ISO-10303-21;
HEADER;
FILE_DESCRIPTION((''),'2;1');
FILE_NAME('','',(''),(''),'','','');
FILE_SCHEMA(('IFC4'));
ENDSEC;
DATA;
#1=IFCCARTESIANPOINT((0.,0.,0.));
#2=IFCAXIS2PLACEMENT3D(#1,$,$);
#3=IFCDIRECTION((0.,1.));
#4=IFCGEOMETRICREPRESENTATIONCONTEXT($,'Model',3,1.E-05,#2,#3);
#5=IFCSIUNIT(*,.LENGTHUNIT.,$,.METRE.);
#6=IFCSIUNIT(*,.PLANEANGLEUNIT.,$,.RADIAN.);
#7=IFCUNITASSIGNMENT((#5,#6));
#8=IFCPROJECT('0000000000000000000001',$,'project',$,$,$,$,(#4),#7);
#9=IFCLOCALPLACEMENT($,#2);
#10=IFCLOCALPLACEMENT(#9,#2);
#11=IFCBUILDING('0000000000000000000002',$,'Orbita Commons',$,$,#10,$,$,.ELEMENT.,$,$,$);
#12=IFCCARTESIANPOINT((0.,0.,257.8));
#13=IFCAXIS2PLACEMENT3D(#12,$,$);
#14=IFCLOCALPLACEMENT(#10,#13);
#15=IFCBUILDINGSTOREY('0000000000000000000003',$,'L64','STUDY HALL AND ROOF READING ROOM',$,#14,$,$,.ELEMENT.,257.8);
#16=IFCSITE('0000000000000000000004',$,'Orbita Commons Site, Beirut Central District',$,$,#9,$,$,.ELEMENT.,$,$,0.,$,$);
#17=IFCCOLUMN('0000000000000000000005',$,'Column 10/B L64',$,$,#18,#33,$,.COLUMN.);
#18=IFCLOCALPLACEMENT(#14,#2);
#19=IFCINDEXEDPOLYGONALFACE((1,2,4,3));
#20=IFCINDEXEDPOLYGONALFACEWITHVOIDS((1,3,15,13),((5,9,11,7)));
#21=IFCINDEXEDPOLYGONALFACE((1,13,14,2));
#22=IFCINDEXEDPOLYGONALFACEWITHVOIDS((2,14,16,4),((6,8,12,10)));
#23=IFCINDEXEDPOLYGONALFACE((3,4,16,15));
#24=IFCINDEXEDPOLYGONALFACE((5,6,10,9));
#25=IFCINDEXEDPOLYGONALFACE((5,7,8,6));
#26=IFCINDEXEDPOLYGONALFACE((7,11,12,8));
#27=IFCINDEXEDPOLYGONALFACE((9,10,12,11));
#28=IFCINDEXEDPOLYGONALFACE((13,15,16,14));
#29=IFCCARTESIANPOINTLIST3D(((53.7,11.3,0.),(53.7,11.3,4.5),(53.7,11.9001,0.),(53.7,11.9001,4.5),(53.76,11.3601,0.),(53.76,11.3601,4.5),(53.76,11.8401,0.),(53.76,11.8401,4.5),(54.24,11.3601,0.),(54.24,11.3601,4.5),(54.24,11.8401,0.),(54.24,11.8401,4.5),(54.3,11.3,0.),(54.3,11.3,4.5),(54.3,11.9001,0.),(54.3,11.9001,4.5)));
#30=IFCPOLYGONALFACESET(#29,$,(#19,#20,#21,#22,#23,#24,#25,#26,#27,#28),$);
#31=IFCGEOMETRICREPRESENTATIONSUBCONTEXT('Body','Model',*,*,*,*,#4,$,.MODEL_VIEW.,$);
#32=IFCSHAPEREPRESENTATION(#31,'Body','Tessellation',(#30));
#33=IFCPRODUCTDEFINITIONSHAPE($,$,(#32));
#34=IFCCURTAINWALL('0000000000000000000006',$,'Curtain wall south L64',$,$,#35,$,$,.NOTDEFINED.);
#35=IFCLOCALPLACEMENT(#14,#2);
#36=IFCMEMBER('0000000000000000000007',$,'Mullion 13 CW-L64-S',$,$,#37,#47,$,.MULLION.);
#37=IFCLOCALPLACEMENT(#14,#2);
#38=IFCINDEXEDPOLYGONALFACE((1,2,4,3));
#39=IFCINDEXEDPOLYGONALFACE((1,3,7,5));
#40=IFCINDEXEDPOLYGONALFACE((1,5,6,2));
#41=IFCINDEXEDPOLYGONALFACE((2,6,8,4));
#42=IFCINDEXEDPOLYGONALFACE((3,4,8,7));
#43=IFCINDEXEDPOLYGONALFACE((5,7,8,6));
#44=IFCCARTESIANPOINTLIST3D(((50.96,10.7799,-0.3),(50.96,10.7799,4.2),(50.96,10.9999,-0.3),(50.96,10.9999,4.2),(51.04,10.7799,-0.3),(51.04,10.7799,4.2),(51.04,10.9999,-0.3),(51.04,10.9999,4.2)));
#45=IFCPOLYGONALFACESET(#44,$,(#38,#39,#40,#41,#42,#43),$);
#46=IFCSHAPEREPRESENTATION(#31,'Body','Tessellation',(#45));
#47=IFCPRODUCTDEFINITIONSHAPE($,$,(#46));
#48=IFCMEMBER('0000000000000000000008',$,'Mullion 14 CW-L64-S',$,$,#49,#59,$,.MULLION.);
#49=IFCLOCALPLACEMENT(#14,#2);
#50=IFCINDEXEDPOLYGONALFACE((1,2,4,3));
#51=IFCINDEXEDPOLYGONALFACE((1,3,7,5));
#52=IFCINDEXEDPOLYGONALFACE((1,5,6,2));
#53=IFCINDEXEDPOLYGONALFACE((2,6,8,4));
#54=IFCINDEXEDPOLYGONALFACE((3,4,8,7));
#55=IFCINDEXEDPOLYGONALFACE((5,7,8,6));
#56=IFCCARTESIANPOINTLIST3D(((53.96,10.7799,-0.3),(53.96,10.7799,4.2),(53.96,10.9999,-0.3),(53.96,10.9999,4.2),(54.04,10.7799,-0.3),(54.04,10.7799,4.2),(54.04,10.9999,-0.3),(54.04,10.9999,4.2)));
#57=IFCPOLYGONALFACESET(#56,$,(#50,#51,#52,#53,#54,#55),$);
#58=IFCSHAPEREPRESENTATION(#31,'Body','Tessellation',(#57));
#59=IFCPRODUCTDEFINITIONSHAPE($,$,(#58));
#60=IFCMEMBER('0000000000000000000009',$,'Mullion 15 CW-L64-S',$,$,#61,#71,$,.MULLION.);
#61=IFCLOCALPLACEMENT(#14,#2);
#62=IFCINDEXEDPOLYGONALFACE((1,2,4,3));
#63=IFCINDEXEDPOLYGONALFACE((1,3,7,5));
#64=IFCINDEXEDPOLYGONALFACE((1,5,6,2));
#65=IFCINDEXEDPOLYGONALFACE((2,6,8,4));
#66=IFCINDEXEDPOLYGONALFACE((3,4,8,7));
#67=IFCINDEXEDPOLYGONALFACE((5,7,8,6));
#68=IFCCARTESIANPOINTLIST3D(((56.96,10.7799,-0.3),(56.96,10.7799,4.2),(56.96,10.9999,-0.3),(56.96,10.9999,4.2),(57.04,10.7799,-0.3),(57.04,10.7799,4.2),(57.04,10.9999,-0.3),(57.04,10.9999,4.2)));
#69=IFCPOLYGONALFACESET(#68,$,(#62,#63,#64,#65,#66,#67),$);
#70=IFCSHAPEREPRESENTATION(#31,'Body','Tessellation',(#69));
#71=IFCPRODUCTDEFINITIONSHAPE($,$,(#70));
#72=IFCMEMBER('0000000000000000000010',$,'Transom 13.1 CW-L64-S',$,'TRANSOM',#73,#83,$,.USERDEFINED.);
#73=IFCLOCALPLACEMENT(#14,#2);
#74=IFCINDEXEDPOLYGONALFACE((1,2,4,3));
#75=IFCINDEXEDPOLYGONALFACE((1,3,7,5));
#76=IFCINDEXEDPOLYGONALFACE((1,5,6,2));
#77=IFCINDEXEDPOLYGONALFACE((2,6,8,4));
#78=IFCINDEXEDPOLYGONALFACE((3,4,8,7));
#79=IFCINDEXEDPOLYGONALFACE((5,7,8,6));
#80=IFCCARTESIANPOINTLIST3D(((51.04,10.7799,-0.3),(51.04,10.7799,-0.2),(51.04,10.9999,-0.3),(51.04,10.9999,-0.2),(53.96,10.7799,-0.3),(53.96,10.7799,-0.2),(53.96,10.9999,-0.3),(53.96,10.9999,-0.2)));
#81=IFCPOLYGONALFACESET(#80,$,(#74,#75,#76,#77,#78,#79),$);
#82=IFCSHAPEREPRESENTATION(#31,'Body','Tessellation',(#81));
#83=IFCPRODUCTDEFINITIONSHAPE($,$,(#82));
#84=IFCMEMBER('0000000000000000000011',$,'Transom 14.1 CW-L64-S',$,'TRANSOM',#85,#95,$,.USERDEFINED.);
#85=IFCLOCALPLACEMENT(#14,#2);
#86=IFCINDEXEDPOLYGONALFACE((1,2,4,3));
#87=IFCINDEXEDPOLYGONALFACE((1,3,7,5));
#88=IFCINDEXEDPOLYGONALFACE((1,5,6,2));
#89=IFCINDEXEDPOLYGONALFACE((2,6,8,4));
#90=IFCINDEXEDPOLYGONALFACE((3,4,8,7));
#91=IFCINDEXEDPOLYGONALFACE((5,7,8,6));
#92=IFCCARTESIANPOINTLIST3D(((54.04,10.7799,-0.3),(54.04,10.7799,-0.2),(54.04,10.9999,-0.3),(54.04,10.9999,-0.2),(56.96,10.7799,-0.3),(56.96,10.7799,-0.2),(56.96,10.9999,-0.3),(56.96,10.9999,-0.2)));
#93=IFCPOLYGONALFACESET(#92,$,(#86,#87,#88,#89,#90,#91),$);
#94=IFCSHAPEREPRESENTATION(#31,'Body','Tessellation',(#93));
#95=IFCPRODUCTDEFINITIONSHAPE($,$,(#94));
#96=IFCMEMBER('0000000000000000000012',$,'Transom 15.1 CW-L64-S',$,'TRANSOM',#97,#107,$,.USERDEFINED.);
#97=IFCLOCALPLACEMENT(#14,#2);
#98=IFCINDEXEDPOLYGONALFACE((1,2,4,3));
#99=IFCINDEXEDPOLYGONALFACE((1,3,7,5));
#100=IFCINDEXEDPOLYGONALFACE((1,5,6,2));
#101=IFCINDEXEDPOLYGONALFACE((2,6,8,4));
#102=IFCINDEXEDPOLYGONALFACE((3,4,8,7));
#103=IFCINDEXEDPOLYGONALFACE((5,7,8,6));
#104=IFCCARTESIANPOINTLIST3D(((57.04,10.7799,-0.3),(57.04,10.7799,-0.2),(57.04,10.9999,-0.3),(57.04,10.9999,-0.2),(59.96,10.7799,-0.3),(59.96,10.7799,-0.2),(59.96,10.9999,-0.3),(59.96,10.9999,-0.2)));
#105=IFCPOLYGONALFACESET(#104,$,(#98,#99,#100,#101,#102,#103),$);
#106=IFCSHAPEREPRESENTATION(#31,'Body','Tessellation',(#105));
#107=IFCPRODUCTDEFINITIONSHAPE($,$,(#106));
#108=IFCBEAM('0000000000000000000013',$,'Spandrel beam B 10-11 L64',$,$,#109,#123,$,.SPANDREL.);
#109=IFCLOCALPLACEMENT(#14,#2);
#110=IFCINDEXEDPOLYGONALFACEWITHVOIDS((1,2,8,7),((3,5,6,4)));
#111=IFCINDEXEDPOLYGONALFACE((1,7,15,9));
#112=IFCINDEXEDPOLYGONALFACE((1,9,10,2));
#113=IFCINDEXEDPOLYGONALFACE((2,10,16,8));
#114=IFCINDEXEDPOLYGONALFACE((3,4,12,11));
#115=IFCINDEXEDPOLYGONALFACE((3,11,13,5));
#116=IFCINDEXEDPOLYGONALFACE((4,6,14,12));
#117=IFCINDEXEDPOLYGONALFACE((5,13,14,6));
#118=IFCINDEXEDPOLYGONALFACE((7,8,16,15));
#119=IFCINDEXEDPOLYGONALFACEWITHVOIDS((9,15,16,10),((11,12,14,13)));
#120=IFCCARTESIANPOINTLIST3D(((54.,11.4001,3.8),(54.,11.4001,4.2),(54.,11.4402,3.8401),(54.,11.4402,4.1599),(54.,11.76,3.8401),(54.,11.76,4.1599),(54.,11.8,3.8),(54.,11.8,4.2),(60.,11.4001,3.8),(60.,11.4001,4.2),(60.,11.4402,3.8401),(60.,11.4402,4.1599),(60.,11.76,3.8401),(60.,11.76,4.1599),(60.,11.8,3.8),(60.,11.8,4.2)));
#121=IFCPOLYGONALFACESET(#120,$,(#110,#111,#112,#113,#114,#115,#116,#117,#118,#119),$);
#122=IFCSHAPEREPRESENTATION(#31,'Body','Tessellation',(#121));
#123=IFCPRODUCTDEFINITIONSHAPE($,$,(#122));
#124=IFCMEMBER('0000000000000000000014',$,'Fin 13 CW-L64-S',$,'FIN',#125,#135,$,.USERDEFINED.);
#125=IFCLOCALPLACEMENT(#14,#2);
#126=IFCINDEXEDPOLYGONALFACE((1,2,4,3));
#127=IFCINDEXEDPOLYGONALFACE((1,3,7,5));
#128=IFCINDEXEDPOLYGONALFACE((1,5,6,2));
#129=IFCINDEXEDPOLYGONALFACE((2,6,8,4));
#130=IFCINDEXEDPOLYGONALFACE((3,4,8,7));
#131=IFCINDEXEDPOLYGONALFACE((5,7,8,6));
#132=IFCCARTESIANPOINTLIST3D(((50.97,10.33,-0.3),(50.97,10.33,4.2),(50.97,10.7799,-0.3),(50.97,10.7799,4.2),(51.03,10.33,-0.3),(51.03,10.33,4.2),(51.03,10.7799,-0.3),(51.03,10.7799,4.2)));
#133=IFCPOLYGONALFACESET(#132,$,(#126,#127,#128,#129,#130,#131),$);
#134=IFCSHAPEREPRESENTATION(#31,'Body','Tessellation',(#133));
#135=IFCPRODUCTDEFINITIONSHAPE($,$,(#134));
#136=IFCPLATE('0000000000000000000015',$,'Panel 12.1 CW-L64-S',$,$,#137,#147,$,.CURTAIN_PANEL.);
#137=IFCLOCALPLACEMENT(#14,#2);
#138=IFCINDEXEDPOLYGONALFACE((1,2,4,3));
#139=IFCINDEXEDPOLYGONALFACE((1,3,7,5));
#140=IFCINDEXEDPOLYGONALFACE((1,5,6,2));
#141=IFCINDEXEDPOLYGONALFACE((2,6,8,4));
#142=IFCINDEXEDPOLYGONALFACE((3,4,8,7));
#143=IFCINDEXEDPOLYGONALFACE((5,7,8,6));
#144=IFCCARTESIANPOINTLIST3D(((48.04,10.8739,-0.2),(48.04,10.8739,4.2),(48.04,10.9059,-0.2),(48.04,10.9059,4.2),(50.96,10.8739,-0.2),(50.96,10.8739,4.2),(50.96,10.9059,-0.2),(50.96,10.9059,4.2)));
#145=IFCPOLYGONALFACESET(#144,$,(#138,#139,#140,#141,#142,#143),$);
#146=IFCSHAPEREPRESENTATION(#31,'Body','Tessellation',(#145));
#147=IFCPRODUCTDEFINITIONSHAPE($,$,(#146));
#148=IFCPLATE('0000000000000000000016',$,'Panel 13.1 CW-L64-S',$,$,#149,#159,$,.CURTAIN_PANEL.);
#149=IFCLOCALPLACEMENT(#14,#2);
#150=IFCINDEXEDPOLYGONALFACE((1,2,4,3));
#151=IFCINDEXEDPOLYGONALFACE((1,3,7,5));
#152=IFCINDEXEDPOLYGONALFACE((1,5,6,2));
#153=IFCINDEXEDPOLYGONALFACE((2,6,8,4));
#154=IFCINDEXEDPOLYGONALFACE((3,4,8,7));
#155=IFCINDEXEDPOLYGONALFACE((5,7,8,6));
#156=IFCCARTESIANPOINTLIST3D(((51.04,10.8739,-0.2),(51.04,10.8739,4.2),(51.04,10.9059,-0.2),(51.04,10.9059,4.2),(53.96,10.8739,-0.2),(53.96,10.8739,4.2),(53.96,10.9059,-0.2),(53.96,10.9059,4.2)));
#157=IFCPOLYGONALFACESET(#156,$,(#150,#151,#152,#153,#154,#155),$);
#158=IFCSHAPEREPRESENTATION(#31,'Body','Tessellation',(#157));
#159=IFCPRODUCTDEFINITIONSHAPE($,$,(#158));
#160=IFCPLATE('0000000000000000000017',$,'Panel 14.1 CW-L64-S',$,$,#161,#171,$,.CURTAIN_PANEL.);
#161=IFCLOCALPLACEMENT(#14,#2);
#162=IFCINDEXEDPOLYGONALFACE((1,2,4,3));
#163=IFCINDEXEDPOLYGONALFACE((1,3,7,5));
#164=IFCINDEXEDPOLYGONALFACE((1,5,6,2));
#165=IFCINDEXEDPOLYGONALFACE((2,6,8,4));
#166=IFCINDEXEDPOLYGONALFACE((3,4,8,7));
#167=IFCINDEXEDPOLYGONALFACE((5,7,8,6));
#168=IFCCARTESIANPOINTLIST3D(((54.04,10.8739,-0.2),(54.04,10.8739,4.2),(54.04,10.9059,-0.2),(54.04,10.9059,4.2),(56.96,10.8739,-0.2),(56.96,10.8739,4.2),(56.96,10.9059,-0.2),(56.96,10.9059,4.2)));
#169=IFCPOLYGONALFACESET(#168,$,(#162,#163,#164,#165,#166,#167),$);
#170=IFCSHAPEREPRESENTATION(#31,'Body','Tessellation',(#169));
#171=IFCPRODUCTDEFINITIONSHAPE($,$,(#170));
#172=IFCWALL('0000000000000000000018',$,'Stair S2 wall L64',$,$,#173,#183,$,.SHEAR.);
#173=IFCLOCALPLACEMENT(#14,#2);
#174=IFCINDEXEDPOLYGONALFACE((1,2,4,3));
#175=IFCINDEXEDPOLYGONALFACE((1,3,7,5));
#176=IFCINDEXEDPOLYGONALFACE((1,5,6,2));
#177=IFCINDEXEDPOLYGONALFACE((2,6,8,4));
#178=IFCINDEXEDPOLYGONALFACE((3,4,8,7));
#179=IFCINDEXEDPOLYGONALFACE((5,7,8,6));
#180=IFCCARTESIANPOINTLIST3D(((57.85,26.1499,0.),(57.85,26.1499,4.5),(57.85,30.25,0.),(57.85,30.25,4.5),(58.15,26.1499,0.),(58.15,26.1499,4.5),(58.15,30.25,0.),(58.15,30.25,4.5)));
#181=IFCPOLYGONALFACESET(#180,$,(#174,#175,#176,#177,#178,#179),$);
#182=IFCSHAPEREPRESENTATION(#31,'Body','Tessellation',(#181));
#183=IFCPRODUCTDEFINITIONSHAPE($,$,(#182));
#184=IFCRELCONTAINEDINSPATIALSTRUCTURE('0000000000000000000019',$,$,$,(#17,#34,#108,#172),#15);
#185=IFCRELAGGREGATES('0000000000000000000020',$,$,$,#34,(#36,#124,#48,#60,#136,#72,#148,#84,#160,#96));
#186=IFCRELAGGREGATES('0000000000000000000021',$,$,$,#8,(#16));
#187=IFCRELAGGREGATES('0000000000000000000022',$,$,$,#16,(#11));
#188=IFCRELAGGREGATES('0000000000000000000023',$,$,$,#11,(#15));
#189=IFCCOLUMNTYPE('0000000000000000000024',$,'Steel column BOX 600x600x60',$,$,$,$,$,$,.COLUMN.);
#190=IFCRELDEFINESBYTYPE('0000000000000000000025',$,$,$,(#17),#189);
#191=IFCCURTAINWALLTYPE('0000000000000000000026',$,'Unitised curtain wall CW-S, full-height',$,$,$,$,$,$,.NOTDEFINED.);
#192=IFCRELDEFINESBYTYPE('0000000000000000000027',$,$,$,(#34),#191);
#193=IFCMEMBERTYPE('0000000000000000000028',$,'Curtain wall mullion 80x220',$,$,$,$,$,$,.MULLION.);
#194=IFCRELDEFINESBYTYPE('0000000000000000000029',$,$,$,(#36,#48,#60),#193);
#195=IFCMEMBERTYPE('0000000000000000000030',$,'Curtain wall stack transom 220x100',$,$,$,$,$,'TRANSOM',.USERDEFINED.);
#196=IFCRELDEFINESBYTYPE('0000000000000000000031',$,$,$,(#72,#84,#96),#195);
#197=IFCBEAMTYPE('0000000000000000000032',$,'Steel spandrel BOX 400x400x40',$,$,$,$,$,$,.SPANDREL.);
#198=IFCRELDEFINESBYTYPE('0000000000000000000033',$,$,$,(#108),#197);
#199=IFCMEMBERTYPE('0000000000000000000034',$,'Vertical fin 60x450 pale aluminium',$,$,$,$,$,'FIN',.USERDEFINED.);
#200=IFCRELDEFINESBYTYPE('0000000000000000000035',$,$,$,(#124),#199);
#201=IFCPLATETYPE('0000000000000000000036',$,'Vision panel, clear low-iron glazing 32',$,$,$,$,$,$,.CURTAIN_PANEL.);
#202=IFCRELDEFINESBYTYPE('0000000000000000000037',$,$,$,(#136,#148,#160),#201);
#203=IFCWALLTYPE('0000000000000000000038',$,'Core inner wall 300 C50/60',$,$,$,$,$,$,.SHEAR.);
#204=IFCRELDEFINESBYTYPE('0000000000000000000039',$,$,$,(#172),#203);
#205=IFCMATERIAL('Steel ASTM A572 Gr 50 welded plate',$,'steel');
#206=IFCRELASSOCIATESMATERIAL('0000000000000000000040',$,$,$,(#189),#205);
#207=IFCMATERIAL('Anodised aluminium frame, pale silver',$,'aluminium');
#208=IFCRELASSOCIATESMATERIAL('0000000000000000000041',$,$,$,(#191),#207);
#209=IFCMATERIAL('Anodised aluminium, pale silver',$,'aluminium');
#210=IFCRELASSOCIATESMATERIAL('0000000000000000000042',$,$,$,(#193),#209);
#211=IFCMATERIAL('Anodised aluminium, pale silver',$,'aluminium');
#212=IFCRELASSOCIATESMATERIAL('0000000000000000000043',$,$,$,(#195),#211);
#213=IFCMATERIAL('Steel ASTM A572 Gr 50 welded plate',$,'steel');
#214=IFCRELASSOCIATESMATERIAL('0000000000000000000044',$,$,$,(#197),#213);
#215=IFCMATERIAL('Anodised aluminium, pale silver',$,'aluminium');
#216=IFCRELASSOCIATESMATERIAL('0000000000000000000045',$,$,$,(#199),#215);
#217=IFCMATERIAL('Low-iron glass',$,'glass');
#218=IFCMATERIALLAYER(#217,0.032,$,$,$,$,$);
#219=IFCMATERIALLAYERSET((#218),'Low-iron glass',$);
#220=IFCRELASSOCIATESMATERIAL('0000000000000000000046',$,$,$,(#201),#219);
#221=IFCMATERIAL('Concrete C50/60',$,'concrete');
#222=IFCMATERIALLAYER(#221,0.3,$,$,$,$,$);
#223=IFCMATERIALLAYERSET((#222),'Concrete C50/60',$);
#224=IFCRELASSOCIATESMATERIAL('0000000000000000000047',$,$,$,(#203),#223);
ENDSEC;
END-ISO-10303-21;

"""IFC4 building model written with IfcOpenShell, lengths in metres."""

from ifc_helpers import new_model, si_unit, direction, frame, frame_2d, origin, origin_2d, place, context, subcontext, project, spatial, rectangle, hollow_rectangle, extrude, material, layer, layer_set, material_profile, profile_set, type_object, element, aggregate, save


model = new_model("IFC4")

# Units and contexts
model_context = context("Model", 3, precision=1e-05, world=origin(), true_north=direction((0.0, 1.0)))
body_context = subcontext(model_context, "Body", "Model", "MODEL_VIEW")
ifc_project = project(units=[si_unit("LENGTHUNIT", "METRE"), si_unit("PLANEANGLEUNIT", "RADIAN")], contexts=[model_context])

# Site, building, storey
site_placement = place(None, origin())
site = spatial("IfcSite", under=ifc_project, at=site_placement, Name="Orbita Commons Site, Beirut Central District", CompositionType="ELEMENT", RefElevation=0.0)
building_placement = place(site_placement, origin())
building = spatial("IfcBuilding", under=site, at=building_placement, Name="Orbita Commons", CompositionType="ELEMENT")
storey_placement = place(building_placement, frame((0.0, 0.0, 257.8)))
storey = spatial("IfcBuildingStorey", under=building, at=storey_placement, Name="L64", Description="STUDY HALL AND ROOF READING ROOM", CompositionType="ELEMENT", Elevation=257.8)

# Column
ifc_material_1 = material(Name="Steel ASTM A572 Gr 50 welded plate", Category="steel")
ifc_material_profile_1 = material_profile(ifc_material_1, hollow_rectangle(XDim=0.6001, YDim=0.6001, WallThickness=0.0601, at=origin_2d()), Name="BOX 600x600x60")
ifc_profile_set_1 = profile_set([ifc_material_profile_1], Name="Steel ASTM A572 Gr 50 welded plate")
column_type = type_object("IfcColumnType", Name="Steel column BOX 600x600x60", PredefinedType="COLUMN", material=ifc_profile_set_1)
column_placement = place(storey_placement, frame((54.0, 11.6001, 0.0), z_axis=(0.0, 0.0, 1.0), x_axis=(1.0, 0.0, 0.0)))
element("IfcColumn", 1, at=column_placement, inside=storey, type_object=column_type, Name="Column 10/B L64", PredefinedType="COLUMN", context=body_context, shape_type="SweptSolid", body=[
    extrude(hollow_rectangle(XDim=0.6001, YDim=0.6001, WallThickness=0.0601, at=origin_2d()), origin(), (0.0, 0.0, 1.0), 4.5),
])

# Curtain wall, members
ifc_material_2 = material(Name="Anodised aluminium frame, pale silver", Category="aluminium")
curtain_wall_type = type_object("IfcCurtainWallType", Name="Unitised curtain wall CW-S, full-height", PredefinedType="NOTDEFINED", material=ifc_material_2)
curtain_wall_placement = place(storey_placement, origin())
curtain_wall = element("IfcCurtainWall", 2, at=curtain_wall_placement, inside=storey, type_object=curtain_wall_type, Name="Curtain wall south L64", PredefinedType="NOTDEFINED")
ifc_material_3 = material(Name="Anodised aluminium, pale silver", Category="aluminium")
ifc_material_profile_2 = material_profile(ifc_material_3, rectangle(XDim=0.0801, YDim=0.22, at=origin_2d()), Name="AL 80x220")
ifc_profile_set_2 = profile_set([ifc_material_profile_2], Name="Anodised aluminium, pale silver")
member_type_1 = type_object("IfcMemberType", Name="Curtain wall mullion 80x220", PredefinedType="MULLION", material=ifc_profile_set_2)
member_1_placement = place(storey_placement, frame((51.0, 10.8899, -0.3), z_axis=(0.0, 0.0, 1.0), x_axis=(1.0, 0.0, 0.0)))
member_1 = element("IfcMember", 3, at=member_1_placement, type_object=member_type_1, Name="Mullion 13 CW-L64-S", PredefinedType="MULLION", context=body_context, shape_type="SweptSolid", body=[
    extrude(rectangle(XDim=0.0801, YDim=0.22, at=origin_2d()), origin(), (0.0, 0.0, 1.0), 4.5),
])
member_2_placement = place(storey_placement, frame((54.0, 10.8899, -0.3), z_axis=(0.0, 0.0, 1.0), x_axis=(1.0, 0.0, 0.0)))
member_2 = element("IfcMember", 4, at=member_2_placement, type_object=member_type_1, Name="Mullion 14 CW-L64-S", PredefinedType="MULLION", context=body_context, shape_type="SweptSolid", body=[
    extrude(rectangle(XDim=0.0801, YDim=0.22, at=origin_2d()), origin(), (0.0, 0.0, 1.0), 4.5),
])
member_3_placement = place(storey_placement, frame((57.0, 10.8899, -0.3), z_axis=(0.0, 0.0, 1.0), x_axis=(1.0, 0.0, 0.0)))
member_3 = element("IfcMember", 5, at=member_3_placement, type_object=member_type_1, Name="Mullion 15 CW-L64-S", PredefinedType="MULLION", context=body_context, shape_type="SweptSolid", body=[
    extrude(rectangle(XDim=0.0801, YDim=0.22, at=origin_2d()), origin(), (0.0, 0.0, 1.0), 4.5),
])
ifc_material_4 = material(Name="Anodised aluminium, pale silver", Category="aluminium")
ifc_material_profile_3 = material_profile(ifc_material_4, rectangle(XDim=0.22, YDim=0.1001, at=origin_2d()), Name="AL 220x100")
ifc_profile_set_3 = profile_set([ifc_material_profile_3], Name="Anodised aluminium, pale silver")
member_type_2 = type_object("IfcMemberType", Name="Curtain wall stack transom 220x100", ElementType="TRANSOM", PredefinedType="USERDEFINED", material=ifc_profile_set_3)
member_4_placement = place(storey_placement, frame((51.04, 10.8899, -0.25), z_axis=(1.0, 0.0, 0.0), x_axis=(0.0, 1.0, 0.0)))
member_4 = element("IfcMember", 6, at=member_4_placement, type_object=member_type_2, Name="Transom 13.1 CW-L64-S", ObjectType="TRANSOM", PredefinedType="USERDEFINED", context=body_context, shape_type="SweptSolid", body=[
    extrude(rectangle(XDim=0.22, YDim=0.1001, at=origin_2d()), origin(), (0.0, 0.0, 1.0), 2.9199),
])
member_5_placement = place(storey_placement, frame((54.04, 10.8899, -0.25), z_axis=(1.0, 0.0, 0.0), x_axis=(0.0, 1.0, 0.0)))
member_5 = element("IfcMember", 7, at=member_5_placement, type_object=member_type_2, Name="Transom 14.1 CW-L64-S", ObjectType="TRANSOM", PredefinedType="USERDEFINED", context=body_context, shape_type="SweptSolid", body=[
    extrude(rectangle(XDim=0.22, YDim=0.1001, at=origin_2d()), origin(), (0.0, 0.0, 1.0), 2.9199),
])
member_6_placement = place(storey_placement, frame((57.04, 10.8899, -0.25), z_axis=(1.0, 0.0, 0.0), x_axis=(0.0, 1.0, 0.0)))
member_6 = element("IfcMember", 8, at=member_6_placement, type_object=member_type_2, Name="Transom 15.1 CW-L64-S", ObjectType="TRANSOM", PredefinedType="USERDEFINED", context=body_context, shape_type="SweptSolid", body=[
    extrude(rectangle(XDim=0.22, YDim=0.1001, at=origin_2d()), origin(), (0.0, 0.0, 1.0), 2.9199),
])

# Beam
ifc_material_5 = material(Name="Steel ASTM A572 Gr 50 welded plate", Category="steel")
ifc_material_profile_4 = material_profile(ifc_material_5, hollow_rectangle(XDim=0.3999, YDim=0.3999, WallThickness=0.04, at=origin_2d()), Name="BOX 400x400x40")
ifc_profile_set_4 = profile_set([ifc_material_profile_4], Name="Steel ASTM A572 Gr 50 welded plate")
beam_type = type_object("IfcBeamType", Name="Steel spandrel BOX 400x400x40", PredefinedType="SPANDREL", material=ifc_profile_set_4)
beam_placement = place(storey_placement, frame((54.0, 11.6001, 4.0), z_axis=(1.0, 0.0, 0.0), x_axis=(0.0, 1.0, 0.0)))
element("IfcBeam", 9, at=beam_placement, inside=storey, type_object=beam_type, Name="Spandrel beam B 10-11 L64", PredefinedType="SPANDREL", context=body_context, shape_type="SweptSolid", body=[
    extrude(hollow_rectangle(XDim=0.3999, YDim=0.3999, WallThickness=0.04, at=origin_2d()), origin(), (0.0, 0.0, 1.0), 6.0),
])

# Member
ifc_material_6 = material(Name="Anodised aluminium, pale silver", Category="aluminium")
ifc_material_profile_5 = material_profile(ifc_material_6, rectangle(XDim=0.0601, YDim=0.45, at=origin_2d()), Name="FIN 60x450")
ifc_profile_set_5 = profile_set([ifc_material_profile_5], Name="Anodised aluminium, pale silver")
member_type_3 = type_object("IfcMemberType", Name="Vertical fin 60x450 pale aluminium", ElementType="FIN", PredefinedType="USERDEFINED", material=ifc_profile_set_5)
member_7_placement = place(storey_placement, frame((51.0, 10.5549, -0.3), z_axis=(0.0, 0.0, 1.0), x_axis=(1.0, 0.0, 0.0)))
member_7 = element("IfcMember", 10, at=member_7_placement, type_object=member_type_3, Name="Fin 13 CW-L64-S", ObjectType="FIN", PredefinedType="USERDEFINED", context=body_context, shape_type="SweptSolid", body=[
    extrude(rectangle(XDim=0.0601, YDim=0.45, at=origin_2d()), origin(), (0.0, 0.0, 1.0), 4.5),
])

# Plates
ifc_material_7 = material(Name="Low-iron glass", Category="glass")
ifc_layer_1 = layer(ifc_material_7, 0.032)
ifc_layer_set_1 = layer_set([ifc_layer_1], Name="Low-iron glass")
plate_type = type_object("IfcPlateType", Name="Vision panel, clear low-iron glazing 32", PredefinedType="CURTAIN_PANEL", material=ifc_layer_set_1)
plate_1_placement = place(storey_placement, frame((49.5, 10.8899, -0.2), z_axis=(0.0, 0.0, 1.0), x_axis=(1.0, 0.0, 0.0)))
plate_1 = element("IfcPlate", 11, at=plate_1_placement, type_object=plate_type, Name="Panel 12.1 CW-L64-S", PredefinedType="CURTAIN_PANEL", context=body_context, shape_type="SweptSolid", body=[
    extrude(rectangle(XDim=2.9199, YDim=0.032, at=origin_2d()), origin(), (0.0, 0.0, 1.0), 4.3999),
])
plate_2_placement = place(storey_placement, frame((52.5, 10.8899, -0.2), z_axis=(0.0, 0.0, 1.0), x_axis=(1.0, 0.0, 0.0)))
plate_2 = element("IfcPlate", 12, at=plate_2_placement, type_object=plate_type, Name="Panel 13.1 CW-L64-S", PredefinedType="CURTAIN_PANEL", context=body_context, shape_type="SweptSolid", body=[
    extrude(rectangle(XDim=2.9199, YDim=0.032, at=origin_2d()), origin(), (0.0, 0.0, 1.0), 4.3999),
])
plate_3_placement = place(storey_placement, frame((55.5, 10.8899, -0.2), z_axis=(0.0, 0.0, 1.0), x_axis=(1.0, 0.0, 0.0)))
plate_3 = element("IfcPlate", 13, at=plate_3_placement, type_object=plate_type, Name="Panel 14.1 CW-L64-S", PredefinedType="CURTAIN_PANEL", context=body_context, shape_type="SweptSolid", body=[
    extrude(rectangle(XDim=2.9199, YDim=0.032, at=origin_2d()), origin(), (0.0, 0.0, 1.0), 4.3999),
])
aggregate(curtain_wall, [member_1, member_7, member_2, member_3, plate_1, member_4, plate_2, member_5, plate_3, member_6])

# Wall
ifc_material_8 = material(Name="Concrete C50/60", Category="concrete")
ifc_layer_2 = layer(ifc_material_8, 0.3)
ifc_layer_set_2 = layer_set([ifc_layer_2], Name="Concrete C50/60")
wall_type_1 = type_object("IfcWallType", Name="Core inner wall 300 C50/60", PredefinedType="SHEAR", material=ifc_layer_set_2)
wall_1_placement = place(storey_placement, frame((58.0, 26.1499, 0.0), z_axis=(0.0, 0.0, 1.0), x_axis=(0.0, 1.0, 0.0)))
element("IfcWall", 14, at=wall_1_placement, inside=storey, type_object=wall_type_1, Name="Stair S2 wall L64", PredefinedType="SHEAR", context=body_context, shape_type="SweptSolid", body=[
    extrude(rectangle(XDim=4.1001, YDim=0.3, at=frame_2d((2.05, 0.0))), origin(), (0.0, 0.0, 1.0), 4.5),
])

save(model, "model.ifc")
